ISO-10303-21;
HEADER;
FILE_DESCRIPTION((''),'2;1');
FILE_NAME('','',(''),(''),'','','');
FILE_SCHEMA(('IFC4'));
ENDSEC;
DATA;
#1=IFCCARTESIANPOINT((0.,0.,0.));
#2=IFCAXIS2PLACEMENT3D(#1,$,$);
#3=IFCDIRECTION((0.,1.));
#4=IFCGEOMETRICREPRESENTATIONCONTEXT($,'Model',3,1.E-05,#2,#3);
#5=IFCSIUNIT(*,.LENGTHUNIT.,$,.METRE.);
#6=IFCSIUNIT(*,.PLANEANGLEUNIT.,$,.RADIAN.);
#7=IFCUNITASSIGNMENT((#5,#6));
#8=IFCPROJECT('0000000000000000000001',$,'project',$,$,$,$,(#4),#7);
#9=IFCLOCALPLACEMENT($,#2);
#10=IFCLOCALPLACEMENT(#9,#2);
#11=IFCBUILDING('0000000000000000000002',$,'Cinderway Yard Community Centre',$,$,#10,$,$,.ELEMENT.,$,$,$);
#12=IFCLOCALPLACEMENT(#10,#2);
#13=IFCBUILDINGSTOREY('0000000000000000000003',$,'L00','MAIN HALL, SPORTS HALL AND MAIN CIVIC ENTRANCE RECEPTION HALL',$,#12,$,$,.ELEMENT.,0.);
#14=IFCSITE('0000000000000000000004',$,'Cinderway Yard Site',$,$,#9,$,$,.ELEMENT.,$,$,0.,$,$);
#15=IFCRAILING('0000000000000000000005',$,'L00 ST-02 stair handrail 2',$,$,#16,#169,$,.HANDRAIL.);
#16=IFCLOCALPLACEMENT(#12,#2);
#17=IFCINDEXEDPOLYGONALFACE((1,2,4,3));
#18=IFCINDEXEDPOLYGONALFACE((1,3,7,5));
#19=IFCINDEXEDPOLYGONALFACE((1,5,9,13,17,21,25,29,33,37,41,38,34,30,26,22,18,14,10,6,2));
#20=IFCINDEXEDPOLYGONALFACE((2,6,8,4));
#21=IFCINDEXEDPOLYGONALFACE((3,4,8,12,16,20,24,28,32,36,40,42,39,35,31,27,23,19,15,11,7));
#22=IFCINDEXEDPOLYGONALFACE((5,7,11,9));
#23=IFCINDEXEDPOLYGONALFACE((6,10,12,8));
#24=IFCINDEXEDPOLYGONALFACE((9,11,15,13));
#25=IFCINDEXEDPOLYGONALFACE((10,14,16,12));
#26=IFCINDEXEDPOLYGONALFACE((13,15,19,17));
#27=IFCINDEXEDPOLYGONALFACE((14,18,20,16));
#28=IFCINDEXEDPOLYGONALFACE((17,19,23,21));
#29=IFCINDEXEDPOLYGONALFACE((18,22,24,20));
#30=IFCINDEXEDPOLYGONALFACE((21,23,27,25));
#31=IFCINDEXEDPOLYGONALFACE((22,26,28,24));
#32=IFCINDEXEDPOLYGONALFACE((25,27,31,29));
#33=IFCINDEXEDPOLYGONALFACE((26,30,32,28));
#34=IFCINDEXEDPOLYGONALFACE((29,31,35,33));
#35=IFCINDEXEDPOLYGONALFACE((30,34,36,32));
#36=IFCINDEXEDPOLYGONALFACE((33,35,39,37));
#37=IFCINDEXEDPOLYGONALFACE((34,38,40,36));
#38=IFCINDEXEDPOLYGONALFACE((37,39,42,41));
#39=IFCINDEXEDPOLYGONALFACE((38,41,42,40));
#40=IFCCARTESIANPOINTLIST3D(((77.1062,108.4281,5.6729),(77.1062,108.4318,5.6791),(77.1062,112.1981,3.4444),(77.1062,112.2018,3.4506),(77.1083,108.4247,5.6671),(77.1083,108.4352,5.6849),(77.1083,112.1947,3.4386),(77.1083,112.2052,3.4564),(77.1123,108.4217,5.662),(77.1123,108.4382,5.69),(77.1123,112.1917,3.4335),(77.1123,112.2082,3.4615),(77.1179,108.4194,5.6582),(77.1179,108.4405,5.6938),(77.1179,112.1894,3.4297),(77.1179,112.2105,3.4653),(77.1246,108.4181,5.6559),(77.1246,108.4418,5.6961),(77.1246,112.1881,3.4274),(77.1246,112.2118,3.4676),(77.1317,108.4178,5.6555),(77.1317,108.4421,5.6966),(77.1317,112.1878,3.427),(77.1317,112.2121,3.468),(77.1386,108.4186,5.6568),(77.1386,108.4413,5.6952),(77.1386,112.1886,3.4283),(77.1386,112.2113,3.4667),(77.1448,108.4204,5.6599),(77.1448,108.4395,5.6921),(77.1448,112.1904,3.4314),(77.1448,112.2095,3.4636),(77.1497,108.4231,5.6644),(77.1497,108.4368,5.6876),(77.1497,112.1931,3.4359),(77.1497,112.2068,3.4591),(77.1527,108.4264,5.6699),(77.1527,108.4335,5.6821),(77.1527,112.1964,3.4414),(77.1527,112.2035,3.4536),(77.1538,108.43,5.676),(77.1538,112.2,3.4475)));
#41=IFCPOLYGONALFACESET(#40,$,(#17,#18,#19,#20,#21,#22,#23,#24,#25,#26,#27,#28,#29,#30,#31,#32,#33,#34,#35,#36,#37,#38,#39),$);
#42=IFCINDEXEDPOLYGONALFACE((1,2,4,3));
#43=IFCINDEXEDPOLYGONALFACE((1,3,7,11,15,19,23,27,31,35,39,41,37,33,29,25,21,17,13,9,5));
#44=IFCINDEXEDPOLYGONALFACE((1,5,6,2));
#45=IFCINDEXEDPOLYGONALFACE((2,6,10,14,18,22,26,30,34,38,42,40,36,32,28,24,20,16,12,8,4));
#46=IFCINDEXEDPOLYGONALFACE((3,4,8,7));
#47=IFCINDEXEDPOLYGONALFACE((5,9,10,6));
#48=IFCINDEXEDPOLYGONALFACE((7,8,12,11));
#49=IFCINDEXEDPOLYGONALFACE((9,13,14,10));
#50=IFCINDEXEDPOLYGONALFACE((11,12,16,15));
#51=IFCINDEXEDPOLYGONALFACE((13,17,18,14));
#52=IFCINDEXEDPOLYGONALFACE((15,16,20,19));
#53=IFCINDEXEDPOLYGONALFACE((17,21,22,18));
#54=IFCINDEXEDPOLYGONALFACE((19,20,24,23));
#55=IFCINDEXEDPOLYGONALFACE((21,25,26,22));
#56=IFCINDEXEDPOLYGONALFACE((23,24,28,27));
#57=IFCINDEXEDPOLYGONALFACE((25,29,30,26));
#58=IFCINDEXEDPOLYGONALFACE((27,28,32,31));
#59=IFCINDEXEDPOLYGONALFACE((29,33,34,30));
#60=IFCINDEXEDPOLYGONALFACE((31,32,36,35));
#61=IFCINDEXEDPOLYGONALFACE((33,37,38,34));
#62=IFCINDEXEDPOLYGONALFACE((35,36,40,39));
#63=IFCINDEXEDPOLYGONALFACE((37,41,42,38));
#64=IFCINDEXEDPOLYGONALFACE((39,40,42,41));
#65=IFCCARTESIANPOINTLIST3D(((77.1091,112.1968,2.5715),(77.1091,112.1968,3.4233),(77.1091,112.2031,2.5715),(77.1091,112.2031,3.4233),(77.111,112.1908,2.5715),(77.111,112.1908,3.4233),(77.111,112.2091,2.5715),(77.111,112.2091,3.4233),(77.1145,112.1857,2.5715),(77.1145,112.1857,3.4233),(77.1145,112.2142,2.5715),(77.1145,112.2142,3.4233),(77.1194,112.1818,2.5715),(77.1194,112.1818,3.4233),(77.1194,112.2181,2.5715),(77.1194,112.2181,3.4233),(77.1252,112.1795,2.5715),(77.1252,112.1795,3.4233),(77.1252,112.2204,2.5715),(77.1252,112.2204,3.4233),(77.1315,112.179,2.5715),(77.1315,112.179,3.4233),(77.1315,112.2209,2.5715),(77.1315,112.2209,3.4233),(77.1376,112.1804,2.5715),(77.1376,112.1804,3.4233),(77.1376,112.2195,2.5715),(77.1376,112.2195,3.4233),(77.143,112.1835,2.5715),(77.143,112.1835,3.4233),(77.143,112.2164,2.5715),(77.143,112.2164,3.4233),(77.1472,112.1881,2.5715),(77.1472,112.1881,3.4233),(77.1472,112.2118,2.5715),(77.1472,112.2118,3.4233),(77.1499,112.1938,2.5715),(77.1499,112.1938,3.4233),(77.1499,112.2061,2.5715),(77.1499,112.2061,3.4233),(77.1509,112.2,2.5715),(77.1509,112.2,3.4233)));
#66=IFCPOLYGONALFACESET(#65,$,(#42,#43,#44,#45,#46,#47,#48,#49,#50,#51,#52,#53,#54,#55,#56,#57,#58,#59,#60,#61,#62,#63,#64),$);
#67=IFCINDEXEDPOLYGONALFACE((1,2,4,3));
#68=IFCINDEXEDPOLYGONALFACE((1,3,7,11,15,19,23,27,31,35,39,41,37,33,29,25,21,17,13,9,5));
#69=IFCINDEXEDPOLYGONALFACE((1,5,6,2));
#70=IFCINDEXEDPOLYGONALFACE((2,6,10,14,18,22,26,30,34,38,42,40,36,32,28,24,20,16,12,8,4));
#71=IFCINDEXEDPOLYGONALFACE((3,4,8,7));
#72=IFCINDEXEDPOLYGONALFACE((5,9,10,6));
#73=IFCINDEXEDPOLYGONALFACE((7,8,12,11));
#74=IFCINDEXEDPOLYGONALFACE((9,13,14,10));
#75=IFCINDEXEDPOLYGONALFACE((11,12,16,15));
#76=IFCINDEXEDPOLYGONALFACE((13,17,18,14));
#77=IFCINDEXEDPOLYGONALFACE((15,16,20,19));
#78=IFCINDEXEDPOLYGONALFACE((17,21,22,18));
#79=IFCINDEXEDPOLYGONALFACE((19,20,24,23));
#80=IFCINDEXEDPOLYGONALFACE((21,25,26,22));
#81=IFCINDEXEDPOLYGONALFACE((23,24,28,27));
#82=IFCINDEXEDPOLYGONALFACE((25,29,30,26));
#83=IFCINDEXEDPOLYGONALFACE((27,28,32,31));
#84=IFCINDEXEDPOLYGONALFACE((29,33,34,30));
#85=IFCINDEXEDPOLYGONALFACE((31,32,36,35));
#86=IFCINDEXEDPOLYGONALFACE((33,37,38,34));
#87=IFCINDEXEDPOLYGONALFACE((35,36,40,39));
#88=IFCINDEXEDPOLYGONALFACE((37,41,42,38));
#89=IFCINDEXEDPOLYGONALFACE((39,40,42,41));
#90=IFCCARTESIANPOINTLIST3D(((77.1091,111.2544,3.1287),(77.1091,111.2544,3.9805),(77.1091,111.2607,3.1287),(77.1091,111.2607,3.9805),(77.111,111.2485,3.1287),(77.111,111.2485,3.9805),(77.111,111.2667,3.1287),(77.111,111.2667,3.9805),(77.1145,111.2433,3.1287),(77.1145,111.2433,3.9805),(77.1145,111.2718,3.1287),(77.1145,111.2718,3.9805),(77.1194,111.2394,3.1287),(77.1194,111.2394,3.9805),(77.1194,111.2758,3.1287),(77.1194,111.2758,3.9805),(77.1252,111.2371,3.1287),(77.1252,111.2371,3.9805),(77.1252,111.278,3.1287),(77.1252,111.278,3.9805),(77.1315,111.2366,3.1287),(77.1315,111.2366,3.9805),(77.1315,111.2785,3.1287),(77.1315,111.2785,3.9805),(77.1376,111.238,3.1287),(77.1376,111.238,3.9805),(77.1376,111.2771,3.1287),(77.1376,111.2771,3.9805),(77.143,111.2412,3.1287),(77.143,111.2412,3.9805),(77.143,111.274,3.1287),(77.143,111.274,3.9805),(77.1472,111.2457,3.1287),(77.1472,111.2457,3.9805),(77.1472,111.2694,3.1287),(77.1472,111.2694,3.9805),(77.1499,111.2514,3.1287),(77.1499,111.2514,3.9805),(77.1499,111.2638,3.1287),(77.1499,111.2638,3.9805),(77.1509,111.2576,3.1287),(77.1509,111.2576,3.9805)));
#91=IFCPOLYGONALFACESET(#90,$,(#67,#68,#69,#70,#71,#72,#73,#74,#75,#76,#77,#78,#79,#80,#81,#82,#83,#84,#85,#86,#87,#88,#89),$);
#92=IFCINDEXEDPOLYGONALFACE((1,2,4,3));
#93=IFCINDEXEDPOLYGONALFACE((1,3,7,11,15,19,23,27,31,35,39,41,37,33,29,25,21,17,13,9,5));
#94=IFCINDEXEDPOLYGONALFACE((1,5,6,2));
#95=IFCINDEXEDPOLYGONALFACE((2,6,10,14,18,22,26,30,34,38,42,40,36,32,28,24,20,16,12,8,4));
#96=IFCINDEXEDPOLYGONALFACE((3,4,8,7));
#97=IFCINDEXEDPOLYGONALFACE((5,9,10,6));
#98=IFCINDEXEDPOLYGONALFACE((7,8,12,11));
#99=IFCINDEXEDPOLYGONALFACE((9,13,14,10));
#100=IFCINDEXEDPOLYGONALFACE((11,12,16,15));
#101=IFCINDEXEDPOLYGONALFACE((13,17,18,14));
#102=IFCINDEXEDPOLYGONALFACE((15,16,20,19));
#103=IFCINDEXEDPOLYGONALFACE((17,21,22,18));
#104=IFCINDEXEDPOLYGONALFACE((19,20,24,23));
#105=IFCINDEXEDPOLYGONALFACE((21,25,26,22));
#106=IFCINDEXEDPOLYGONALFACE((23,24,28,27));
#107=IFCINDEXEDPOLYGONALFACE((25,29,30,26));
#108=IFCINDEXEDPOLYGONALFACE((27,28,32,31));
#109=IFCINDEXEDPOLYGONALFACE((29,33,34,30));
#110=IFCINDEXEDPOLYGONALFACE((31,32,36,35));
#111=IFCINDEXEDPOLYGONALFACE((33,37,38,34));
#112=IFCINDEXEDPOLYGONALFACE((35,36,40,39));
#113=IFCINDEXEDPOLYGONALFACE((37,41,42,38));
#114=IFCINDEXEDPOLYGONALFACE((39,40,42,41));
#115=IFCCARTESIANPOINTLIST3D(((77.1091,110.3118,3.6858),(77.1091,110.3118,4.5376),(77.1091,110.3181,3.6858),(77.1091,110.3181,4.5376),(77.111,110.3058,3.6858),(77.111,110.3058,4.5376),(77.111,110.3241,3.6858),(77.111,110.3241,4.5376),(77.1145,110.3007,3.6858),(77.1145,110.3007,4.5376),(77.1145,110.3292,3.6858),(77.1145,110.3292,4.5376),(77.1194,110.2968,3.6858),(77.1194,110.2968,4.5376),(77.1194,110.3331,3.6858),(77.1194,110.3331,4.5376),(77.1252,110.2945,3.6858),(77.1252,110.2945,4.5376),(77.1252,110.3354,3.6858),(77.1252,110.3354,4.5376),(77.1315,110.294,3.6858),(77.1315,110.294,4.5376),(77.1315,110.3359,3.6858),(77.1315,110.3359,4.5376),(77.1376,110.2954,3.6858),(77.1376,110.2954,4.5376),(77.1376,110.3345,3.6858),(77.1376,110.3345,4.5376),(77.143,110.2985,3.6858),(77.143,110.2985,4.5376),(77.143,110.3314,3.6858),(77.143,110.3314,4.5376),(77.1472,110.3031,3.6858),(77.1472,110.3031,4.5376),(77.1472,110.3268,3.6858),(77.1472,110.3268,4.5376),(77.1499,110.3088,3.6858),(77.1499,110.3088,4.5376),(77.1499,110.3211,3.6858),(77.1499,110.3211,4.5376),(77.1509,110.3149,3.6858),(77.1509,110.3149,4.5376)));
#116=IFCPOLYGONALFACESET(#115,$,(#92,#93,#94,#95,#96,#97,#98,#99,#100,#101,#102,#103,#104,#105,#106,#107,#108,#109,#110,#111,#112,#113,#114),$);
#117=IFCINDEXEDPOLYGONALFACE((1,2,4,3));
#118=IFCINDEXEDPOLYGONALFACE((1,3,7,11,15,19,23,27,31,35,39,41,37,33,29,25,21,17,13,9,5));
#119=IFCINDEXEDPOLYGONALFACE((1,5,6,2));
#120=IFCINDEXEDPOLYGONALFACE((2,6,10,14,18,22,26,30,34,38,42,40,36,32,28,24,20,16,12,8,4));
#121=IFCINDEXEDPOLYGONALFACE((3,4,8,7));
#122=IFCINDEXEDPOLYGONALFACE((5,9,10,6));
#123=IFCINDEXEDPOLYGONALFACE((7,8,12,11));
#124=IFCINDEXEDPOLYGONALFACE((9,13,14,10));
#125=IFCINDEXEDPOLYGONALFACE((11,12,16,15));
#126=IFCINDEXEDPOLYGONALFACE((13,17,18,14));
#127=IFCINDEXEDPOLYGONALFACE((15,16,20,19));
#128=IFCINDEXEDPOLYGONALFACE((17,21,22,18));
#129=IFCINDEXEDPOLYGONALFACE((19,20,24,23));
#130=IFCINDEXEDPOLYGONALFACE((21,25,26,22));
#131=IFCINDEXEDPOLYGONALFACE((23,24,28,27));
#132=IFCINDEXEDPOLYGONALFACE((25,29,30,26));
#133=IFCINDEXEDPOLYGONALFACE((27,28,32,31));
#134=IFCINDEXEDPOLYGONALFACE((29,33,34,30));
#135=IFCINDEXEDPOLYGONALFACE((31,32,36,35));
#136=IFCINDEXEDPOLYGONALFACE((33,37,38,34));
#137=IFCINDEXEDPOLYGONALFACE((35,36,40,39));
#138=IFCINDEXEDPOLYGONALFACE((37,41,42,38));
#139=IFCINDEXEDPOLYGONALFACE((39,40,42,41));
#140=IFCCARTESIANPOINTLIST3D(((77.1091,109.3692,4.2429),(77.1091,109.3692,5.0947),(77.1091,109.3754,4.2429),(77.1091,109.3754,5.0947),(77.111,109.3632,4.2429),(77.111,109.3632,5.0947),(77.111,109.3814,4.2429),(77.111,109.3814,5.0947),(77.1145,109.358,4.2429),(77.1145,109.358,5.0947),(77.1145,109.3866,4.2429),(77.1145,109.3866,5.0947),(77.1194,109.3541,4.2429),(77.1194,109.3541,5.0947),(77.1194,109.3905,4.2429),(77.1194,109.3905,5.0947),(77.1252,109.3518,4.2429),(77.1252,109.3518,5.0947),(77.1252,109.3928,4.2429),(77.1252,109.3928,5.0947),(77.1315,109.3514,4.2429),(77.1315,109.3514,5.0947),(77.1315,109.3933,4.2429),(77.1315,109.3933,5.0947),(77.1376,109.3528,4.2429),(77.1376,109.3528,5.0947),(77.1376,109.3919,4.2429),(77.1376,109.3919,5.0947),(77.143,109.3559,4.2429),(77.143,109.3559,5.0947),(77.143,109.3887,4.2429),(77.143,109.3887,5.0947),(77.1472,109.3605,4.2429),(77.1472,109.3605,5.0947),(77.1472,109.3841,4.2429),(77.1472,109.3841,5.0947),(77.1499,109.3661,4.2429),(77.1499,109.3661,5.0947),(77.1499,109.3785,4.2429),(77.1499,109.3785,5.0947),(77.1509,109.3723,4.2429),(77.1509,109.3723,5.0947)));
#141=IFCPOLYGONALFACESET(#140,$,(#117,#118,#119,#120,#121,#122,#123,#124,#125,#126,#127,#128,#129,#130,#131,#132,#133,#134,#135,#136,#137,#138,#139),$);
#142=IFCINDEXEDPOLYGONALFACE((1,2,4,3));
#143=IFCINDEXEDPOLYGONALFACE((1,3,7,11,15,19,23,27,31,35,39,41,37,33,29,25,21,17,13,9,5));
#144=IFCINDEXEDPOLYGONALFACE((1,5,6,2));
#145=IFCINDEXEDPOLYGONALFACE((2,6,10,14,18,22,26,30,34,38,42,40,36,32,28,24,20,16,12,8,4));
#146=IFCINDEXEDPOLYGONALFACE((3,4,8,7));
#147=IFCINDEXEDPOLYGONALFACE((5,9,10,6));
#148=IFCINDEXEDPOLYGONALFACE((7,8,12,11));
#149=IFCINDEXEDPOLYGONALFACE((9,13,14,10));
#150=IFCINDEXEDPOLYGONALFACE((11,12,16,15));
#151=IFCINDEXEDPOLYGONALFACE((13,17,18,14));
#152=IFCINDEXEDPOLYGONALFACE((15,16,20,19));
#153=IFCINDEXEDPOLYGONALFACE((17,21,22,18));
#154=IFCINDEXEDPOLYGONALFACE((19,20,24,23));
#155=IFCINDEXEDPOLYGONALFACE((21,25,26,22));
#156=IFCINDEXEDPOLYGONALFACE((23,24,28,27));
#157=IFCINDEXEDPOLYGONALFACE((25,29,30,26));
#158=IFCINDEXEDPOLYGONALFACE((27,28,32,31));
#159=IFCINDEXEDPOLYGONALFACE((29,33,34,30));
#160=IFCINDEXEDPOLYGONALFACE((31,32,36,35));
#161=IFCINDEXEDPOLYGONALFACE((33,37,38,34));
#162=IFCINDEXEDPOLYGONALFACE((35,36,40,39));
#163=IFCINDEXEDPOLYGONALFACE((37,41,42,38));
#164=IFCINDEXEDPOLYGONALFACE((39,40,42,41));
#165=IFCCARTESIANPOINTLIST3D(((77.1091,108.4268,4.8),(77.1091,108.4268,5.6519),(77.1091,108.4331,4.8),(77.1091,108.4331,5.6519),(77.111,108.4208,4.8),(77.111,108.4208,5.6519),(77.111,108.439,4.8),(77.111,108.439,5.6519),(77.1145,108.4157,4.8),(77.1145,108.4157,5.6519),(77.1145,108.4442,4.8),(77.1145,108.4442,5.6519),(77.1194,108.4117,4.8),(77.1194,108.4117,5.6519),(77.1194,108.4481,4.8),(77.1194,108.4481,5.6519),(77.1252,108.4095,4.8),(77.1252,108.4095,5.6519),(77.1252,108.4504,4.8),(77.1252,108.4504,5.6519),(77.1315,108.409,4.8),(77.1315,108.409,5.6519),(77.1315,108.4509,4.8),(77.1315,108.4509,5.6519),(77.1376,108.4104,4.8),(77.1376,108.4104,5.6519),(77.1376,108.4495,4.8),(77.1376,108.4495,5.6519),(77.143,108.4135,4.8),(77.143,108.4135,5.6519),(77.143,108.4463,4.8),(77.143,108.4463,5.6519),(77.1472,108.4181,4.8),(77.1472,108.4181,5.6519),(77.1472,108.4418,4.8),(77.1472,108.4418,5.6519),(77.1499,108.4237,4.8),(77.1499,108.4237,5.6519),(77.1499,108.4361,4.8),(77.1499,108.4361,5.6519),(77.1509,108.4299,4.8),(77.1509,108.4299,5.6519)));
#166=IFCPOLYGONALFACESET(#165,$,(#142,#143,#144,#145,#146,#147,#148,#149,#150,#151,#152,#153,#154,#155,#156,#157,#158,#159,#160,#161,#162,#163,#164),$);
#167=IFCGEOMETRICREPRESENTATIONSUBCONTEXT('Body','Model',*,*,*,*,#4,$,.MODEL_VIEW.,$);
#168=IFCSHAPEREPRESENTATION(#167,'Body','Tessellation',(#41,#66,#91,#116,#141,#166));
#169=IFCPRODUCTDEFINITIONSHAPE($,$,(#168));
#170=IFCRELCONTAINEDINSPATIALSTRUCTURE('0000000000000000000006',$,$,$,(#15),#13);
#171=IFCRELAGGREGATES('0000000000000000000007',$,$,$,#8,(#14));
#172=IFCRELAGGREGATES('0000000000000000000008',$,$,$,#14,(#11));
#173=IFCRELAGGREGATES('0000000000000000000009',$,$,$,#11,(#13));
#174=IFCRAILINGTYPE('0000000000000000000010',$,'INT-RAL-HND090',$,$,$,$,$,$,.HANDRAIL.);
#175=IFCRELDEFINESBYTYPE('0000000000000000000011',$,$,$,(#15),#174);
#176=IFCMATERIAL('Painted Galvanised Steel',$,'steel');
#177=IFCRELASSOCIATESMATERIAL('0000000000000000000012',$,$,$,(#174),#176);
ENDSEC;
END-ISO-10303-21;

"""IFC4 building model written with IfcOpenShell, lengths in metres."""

from ifc_helpers import new_model, si_unit, direction, frame, origin, origin_2d, place, context, subcontext, project, spatial, circle, extrude, material, type_object, element, save


model = new_model("IFC4")

# Units and contexts
model_context = context("Model", 3, precision=1e-05, world=origin(), true_north=direction((0.0, 1.0)))
body_context = subcontext(model_context, "Body", "Model", "MODEL_VIEW")
ifc_project = project(units=[si_unit("LENGTHUNIT", "METRE"), si_unit("PLANEANGLEUNIT", "RADIAN")], contexts=[model_context])

# Site, building, storey
site_placement = place(None, origin())
site = spatial("IfcSite", under=ifc_project, at=site_placement, Name="Cinderway Yard Site", CompositionType="ELEMENT", RefElevation=0.0)
building_placement = place(site_placement, origin())
building = spatial("IfcBuilding", under=site, at=building_placement, Name="Cinderway Yard Community Centre", CompositionType="ELEMENT")
storey_placement = place(building_placement, origin())
storey = spatial("IfcBuildingStorey", under=building, at=storey_placement, Name="L00", Description="MAIN HALL, SPORTS HALL AND MAIN CIVIC ENTRANCE RECEPTION HALL", CompositionType="ELEMENT", Elevation=0.0)

# Railing
ifc_material_1 = material(Name="Painted Galvanised Steel", Category="steel")
railing_type_1 = type_object("IfcRailingType", Name="INT-RAL-HND090", PredefinedType="HANDRAIL", material=ifc_material_1)
railing_1_placement = place(storey_placement, frame((77.1299, 112.2, 2.5715)))
element("IfcRailing", 1, at=railing_1_placement, inside=storey, type_object=railing_type_1, Name="L00 ST-02 stair handrail 2", PredefinedType="HANDRAIL", context=body_context, shape_type="SweptSolid", body=[
    extrude(circle(Radius=0.0239, at=origin_2d()), frame((0.0, 0.0, 0.876), z_axis=(0.0, -0.860849, 0.508861), x_axis=(1.0, 0.0, 0.0)), (0.0, 0.0, 1.0), 4.3794),
    extrude(circle(Radius=0.021, at=origin_2d()), origin(), (0.0, 0.0, 1.0), 0.8518),
    extrude(circle(Radius=0.021, at=origin_2d()), frame((0.0, -0.9424, 0.5571)), (0.0, 0.0, 1.0), 0.8518),
    extrude(circle(Radius=0.021, at=origin_2d()), frame((0.0, -1.885, 1.1143)), (0.0, 0.0, 1.0), 0.8518),
    extrude(circle(Radius=0.021, at=origin_2d()), frame((0.0, -2.8276, 1.6714)), (0.0, 0.0, 1.0), 0.8518),
    extrude(circle(Radius=0.021, at=origin_2d()), frame((0.0, -3.77, 2.2285)), (0.0, 0.0, 1.0), 0.8518),
])

save(model, "model.ifc")
